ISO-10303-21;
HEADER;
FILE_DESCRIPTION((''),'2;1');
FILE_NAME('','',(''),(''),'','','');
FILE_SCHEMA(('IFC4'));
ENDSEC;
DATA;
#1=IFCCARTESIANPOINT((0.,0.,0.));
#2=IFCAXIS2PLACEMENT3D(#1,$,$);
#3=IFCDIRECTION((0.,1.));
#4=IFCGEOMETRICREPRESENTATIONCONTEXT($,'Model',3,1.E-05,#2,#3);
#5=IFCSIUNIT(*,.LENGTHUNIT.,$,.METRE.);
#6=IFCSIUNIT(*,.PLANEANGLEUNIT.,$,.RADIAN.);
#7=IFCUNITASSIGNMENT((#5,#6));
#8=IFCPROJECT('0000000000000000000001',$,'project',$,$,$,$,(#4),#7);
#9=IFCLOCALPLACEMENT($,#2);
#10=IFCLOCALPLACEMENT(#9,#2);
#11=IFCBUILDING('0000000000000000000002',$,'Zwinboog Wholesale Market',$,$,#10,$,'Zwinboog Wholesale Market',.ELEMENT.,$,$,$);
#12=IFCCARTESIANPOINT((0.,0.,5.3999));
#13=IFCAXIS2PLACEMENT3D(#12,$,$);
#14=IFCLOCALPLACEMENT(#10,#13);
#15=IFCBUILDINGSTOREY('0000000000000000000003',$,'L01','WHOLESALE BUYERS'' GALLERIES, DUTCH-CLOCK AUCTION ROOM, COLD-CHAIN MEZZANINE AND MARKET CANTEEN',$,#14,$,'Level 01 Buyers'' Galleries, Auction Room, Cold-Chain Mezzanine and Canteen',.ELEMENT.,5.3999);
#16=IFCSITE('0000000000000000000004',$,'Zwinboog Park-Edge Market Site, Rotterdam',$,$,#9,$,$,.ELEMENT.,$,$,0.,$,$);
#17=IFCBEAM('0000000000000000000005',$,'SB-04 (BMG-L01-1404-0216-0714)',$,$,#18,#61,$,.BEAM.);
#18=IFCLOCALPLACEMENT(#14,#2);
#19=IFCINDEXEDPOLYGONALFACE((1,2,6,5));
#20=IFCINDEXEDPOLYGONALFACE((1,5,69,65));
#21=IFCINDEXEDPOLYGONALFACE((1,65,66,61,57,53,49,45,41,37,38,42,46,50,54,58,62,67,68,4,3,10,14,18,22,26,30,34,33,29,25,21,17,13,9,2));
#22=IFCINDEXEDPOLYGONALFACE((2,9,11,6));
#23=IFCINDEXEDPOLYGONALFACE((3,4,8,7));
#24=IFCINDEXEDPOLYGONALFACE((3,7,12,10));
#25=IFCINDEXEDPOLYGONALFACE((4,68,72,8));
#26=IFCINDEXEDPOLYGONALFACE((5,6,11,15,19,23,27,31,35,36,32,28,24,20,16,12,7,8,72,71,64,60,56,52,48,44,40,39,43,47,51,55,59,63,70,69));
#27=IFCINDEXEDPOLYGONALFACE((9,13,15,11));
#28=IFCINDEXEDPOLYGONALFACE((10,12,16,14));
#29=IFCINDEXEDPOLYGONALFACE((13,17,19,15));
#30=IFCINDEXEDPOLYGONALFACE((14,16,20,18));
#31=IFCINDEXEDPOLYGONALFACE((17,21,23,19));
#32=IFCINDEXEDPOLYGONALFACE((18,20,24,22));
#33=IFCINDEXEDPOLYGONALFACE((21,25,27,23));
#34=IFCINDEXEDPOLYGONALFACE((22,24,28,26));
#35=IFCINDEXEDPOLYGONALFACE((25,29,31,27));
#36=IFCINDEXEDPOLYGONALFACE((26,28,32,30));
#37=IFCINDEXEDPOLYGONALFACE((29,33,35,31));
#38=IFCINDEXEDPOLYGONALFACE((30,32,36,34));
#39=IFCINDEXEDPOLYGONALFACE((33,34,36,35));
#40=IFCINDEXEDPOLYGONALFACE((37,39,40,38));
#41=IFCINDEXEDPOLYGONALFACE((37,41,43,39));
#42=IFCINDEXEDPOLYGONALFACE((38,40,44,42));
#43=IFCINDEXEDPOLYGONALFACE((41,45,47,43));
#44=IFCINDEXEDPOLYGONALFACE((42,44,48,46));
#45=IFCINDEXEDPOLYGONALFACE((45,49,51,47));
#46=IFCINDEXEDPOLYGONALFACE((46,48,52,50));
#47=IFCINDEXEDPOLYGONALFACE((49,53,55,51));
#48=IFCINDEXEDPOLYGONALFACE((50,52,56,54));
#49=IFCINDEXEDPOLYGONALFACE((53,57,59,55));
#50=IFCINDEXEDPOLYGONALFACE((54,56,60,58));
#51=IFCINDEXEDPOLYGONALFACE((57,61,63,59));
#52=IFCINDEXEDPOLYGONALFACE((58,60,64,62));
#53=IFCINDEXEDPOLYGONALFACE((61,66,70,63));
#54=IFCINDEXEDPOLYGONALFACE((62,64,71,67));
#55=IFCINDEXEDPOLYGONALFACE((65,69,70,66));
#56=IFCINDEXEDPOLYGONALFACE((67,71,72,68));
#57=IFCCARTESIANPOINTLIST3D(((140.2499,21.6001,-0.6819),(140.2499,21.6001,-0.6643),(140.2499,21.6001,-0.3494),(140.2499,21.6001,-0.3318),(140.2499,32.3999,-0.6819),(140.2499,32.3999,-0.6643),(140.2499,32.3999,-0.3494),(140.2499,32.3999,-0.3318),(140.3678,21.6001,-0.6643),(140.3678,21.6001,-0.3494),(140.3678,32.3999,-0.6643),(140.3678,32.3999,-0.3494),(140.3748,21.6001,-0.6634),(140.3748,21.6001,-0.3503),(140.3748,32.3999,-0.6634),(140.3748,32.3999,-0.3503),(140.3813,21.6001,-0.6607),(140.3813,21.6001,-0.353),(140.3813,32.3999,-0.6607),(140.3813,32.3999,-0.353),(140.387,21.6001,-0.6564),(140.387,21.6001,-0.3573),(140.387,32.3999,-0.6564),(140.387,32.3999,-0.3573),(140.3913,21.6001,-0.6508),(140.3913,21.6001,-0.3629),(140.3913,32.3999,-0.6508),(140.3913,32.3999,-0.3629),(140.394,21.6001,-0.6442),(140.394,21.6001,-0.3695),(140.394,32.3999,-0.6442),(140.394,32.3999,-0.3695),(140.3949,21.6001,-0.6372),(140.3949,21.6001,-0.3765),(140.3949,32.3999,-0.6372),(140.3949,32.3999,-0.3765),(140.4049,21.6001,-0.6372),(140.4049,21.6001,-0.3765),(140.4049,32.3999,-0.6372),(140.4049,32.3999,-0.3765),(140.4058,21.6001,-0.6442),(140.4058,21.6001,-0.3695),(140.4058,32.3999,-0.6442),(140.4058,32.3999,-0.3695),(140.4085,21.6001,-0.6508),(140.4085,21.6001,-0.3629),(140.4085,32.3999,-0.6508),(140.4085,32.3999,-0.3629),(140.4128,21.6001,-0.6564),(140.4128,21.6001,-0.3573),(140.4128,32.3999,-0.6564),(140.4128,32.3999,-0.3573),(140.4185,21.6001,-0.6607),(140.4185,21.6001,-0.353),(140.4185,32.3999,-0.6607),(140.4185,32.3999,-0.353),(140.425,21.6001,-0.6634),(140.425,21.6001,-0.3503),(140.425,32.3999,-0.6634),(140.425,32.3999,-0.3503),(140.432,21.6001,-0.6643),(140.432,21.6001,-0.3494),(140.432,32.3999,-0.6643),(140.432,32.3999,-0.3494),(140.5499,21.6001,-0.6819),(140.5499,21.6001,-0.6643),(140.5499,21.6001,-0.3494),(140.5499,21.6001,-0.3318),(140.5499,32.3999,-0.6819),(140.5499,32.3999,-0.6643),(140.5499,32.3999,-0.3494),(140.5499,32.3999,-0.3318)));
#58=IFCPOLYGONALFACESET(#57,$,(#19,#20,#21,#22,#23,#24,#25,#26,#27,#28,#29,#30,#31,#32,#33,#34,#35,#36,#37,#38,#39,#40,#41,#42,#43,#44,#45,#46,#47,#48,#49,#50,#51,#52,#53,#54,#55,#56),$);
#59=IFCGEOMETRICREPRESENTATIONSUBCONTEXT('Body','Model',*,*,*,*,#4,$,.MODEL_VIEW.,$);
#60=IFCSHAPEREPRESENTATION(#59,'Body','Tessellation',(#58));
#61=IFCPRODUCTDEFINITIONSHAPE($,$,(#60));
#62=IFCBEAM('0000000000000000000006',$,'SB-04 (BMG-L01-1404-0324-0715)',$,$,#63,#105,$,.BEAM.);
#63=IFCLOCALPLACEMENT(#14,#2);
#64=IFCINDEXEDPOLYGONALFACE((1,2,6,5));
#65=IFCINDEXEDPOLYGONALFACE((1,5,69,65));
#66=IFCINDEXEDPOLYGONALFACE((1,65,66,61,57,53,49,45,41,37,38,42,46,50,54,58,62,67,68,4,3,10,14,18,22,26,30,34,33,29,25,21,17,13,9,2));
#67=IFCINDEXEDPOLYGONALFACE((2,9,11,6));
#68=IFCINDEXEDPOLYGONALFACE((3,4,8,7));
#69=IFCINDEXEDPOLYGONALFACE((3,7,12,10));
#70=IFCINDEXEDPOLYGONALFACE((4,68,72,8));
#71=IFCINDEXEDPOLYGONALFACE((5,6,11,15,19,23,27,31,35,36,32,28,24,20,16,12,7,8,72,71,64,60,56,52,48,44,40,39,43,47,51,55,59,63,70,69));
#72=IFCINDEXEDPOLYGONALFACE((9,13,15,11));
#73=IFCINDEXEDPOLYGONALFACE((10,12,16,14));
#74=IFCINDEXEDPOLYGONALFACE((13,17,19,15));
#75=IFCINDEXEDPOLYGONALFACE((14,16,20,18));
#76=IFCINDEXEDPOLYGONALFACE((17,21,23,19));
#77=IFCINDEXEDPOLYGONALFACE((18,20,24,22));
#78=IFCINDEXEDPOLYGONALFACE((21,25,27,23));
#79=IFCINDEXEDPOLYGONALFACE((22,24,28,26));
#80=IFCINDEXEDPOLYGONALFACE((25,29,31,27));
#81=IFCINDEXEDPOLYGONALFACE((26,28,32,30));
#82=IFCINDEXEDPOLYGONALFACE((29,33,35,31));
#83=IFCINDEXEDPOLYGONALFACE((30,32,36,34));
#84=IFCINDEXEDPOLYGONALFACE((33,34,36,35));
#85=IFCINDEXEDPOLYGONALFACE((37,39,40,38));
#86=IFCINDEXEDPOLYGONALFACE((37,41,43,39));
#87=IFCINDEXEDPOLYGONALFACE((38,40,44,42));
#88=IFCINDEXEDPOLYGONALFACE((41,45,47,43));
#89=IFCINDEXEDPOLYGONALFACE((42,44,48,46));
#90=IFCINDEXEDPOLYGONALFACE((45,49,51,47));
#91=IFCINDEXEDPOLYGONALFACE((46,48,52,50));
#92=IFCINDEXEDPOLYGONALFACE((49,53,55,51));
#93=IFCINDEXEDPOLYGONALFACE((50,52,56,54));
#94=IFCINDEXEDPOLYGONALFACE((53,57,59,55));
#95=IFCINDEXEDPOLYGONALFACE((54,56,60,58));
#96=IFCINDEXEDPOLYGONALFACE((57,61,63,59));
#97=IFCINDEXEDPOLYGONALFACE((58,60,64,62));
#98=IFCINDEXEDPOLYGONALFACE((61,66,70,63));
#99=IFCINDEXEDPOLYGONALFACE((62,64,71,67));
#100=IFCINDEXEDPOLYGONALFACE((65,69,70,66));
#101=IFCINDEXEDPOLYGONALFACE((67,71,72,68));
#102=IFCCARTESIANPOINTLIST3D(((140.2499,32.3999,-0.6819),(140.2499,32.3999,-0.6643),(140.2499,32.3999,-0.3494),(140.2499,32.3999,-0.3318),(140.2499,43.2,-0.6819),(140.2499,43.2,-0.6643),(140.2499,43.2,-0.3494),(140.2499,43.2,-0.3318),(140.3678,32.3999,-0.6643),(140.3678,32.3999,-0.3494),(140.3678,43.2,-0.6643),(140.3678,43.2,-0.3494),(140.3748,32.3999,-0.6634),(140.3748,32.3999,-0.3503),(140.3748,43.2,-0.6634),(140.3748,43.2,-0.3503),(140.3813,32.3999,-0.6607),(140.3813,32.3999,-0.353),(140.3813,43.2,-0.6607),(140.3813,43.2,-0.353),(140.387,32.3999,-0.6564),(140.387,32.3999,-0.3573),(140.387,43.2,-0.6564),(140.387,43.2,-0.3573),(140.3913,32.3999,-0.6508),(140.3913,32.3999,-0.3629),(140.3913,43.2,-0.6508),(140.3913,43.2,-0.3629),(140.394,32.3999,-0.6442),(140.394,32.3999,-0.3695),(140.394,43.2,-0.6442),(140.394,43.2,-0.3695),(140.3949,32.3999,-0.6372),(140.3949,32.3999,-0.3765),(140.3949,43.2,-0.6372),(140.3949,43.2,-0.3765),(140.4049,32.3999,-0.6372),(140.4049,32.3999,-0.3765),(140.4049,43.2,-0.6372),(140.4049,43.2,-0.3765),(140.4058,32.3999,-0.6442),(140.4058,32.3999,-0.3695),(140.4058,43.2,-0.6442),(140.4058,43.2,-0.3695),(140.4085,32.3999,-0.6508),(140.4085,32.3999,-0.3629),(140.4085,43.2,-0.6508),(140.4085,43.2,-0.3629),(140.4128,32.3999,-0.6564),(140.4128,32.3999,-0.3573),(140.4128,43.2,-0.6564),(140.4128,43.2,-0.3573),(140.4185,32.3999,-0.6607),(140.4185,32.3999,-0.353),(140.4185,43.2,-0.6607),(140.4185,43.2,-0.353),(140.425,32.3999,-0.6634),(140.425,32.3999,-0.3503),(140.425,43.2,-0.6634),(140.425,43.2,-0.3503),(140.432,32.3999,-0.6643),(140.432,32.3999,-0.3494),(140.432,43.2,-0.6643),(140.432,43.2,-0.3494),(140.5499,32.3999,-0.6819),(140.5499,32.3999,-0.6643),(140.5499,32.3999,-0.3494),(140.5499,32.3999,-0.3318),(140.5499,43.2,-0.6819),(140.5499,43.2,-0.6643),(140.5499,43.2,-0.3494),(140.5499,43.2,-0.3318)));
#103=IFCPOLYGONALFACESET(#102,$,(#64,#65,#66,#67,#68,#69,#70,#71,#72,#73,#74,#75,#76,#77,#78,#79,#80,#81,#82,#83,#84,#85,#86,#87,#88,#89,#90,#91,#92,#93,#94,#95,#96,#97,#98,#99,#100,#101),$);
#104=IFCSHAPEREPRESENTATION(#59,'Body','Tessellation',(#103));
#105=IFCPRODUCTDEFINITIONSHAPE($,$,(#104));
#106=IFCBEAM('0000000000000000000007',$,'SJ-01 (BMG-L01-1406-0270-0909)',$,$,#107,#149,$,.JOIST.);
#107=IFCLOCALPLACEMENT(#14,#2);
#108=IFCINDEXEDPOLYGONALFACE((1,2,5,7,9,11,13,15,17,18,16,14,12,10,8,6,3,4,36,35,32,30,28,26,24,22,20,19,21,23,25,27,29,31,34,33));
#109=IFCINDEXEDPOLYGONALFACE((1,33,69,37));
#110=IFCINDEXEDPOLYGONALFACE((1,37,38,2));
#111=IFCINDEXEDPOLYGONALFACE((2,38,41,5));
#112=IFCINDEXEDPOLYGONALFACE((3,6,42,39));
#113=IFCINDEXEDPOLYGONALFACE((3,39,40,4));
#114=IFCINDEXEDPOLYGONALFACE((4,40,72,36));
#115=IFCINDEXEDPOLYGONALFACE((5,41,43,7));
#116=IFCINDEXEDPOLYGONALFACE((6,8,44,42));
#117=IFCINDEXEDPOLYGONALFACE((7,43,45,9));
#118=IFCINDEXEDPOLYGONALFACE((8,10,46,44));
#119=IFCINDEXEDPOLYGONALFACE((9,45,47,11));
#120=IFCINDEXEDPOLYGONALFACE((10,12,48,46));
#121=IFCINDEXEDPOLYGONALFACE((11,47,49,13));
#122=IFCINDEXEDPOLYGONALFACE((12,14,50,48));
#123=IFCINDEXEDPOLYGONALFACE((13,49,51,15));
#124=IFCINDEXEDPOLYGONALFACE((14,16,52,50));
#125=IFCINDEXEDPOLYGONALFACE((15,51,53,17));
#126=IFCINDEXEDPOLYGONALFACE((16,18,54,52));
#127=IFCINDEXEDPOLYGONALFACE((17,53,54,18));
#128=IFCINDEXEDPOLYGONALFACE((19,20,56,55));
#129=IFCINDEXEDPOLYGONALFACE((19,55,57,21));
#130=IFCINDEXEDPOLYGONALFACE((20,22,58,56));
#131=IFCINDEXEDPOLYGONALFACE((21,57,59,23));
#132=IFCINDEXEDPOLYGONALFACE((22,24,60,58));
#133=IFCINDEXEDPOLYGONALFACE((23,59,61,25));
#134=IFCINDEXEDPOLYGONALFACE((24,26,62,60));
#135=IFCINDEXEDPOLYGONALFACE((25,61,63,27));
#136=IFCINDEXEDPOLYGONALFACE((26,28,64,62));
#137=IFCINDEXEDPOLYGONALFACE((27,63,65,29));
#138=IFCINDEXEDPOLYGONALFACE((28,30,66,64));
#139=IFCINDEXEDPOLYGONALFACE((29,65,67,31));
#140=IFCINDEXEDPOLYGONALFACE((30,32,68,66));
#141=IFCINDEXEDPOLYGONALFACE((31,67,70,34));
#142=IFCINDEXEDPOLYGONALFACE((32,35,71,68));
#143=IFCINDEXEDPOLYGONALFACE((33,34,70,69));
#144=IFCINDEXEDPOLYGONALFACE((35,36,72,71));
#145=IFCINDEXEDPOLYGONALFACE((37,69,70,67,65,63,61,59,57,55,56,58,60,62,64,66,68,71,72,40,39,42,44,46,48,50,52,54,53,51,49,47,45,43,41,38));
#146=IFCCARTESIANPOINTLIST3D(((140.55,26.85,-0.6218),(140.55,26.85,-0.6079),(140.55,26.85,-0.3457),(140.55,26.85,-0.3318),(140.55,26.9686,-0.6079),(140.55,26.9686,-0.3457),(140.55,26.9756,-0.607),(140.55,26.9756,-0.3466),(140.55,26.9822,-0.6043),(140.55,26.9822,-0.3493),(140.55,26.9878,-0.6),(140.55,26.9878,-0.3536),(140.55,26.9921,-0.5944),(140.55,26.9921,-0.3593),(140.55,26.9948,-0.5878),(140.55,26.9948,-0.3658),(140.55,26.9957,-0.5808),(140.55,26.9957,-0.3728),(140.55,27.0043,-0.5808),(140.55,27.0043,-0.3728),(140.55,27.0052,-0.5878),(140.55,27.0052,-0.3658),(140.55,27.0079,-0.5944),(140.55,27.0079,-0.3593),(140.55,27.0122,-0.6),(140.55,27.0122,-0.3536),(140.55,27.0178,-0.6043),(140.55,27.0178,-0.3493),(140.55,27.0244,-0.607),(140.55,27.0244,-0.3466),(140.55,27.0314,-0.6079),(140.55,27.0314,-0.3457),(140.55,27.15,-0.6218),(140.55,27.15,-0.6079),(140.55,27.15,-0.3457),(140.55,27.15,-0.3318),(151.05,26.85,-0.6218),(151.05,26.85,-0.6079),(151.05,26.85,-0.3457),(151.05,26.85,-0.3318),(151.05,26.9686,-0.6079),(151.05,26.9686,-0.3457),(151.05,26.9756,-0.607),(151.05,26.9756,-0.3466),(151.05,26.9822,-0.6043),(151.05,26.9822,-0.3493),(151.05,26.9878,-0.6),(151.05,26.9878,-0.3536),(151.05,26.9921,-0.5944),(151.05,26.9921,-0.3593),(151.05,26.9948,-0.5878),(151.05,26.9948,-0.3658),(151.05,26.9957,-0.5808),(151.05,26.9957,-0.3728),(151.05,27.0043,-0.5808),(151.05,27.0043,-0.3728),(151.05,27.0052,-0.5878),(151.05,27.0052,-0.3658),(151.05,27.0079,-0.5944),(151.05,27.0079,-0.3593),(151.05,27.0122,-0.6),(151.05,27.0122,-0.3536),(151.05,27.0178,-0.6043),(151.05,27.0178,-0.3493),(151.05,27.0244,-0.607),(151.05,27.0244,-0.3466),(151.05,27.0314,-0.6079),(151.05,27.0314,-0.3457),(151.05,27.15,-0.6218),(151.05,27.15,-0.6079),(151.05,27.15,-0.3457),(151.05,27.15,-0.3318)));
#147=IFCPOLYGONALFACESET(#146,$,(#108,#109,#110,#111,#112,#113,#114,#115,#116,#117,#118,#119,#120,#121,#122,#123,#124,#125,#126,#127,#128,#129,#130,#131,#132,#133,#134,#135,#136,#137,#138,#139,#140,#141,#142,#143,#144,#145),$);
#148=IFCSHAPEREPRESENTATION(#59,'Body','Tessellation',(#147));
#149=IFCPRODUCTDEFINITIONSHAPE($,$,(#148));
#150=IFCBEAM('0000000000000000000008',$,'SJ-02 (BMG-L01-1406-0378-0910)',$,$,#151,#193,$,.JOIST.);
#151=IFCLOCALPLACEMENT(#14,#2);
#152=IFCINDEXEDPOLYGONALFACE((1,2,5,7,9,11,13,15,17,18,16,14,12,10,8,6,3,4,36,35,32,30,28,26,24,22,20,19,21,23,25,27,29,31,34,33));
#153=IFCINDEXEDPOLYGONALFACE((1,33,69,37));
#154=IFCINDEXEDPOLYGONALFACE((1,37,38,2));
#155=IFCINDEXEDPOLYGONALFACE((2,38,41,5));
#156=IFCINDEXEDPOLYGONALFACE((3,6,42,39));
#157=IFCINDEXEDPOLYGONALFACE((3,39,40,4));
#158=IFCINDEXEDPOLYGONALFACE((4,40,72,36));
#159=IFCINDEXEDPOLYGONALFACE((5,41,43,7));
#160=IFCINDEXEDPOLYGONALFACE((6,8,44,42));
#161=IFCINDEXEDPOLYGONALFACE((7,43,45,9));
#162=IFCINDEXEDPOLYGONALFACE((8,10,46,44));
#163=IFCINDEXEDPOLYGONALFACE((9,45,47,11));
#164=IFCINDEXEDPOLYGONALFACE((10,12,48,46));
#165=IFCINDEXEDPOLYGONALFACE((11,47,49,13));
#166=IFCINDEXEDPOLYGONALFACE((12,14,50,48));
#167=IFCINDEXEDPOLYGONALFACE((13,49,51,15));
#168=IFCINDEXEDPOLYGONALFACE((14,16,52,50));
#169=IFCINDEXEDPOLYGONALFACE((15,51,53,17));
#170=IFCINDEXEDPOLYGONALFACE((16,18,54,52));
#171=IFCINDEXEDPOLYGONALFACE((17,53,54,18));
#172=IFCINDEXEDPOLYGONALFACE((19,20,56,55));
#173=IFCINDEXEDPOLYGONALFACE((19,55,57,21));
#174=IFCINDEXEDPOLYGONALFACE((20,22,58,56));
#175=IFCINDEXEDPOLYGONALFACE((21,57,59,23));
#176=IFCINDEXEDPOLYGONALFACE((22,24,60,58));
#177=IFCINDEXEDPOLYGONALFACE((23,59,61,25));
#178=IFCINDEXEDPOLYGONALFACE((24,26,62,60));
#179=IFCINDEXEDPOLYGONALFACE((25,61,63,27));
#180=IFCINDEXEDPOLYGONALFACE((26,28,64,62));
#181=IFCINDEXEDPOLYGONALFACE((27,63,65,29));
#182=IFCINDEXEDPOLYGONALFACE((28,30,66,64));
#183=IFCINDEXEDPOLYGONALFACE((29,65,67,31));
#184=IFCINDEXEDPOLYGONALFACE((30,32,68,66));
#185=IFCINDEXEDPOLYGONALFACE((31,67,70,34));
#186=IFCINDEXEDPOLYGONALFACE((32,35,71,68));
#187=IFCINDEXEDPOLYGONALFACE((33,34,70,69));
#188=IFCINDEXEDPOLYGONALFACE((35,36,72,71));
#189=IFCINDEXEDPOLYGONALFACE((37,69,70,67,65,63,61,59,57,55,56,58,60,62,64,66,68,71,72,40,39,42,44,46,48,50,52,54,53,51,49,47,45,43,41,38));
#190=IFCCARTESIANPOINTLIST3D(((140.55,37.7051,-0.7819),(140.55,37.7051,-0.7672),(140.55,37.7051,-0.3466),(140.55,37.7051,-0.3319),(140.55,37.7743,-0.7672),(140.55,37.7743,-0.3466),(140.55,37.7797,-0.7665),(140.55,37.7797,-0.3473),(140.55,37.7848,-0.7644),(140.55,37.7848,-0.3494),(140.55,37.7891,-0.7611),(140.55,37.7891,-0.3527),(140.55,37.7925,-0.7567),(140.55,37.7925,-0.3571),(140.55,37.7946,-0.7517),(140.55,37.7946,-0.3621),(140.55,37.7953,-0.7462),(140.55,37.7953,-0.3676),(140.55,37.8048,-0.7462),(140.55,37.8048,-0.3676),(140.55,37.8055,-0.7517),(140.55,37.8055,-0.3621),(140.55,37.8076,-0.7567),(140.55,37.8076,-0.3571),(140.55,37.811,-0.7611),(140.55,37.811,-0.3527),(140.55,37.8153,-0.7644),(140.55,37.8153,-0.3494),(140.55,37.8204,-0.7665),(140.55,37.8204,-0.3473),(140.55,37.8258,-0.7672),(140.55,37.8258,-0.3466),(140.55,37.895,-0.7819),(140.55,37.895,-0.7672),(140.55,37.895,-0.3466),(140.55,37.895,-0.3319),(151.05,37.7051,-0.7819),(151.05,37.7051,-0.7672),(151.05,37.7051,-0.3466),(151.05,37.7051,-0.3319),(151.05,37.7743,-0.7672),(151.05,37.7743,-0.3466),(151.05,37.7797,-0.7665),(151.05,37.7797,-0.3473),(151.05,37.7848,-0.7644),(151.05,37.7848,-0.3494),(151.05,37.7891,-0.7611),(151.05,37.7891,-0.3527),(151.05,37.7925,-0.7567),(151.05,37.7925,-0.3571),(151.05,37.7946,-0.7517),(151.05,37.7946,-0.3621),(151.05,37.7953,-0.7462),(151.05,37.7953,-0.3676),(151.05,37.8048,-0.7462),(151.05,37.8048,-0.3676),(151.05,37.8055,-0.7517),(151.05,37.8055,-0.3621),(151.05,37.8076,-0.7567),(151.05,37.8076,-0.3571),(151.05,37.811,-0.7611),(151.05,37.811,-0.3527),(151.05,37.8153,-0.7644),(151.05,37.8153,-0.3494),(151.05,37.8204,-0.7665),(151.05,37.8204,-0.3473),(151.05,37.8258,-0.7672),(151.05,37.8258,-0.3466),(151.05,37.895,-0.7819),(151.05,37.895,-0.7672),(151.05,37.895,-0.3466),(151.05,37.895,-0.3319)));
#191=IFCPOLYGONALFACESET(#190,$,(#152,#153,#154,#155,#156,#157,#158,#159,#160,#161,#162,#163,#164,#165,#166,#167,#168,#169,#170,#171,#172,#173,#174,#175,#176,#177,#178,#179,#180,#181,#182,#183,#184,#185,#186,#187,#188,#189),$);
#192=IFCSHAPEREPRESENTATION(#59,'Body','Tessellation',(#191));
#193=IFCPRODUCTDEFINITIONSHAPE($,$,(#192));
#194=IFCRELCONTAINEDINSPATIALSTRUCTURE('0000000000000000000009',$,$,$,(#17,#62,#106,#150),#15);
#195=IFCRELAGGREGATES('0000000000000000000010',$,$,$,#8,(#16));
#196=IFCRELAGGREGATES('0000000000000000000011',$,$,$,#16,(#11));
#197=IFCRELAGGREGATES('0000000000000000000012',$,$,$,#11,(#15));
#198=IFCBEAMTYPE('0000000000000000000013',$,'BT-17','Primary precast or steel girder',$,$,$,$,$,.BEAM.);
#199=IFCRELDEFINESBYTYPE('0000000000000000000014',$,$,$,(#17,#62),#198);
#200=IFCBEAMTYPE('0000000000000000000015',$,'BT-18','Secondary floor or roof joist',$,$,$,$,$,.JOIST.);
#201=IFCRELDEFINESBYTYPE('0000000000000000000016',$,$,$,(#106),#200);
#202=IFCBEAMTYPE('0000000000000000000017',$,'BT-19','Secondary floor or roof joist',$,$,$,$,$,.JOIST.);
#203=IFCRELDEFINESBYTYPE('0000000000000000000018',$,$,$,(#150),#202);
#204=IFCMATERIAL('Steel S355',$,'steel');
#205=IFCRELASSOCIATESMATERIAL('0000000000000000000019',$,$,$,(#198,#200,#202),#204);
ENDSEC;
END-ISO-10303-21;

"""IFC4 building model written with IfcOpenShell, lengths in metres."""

from ifc_helpers import new_model, si_unit, direction, frame, origin, origin_2d, place, context, subcontext, project, spatial, i_section, extrude, material, material_profile, profile_set, type_object, element, save


model = new_model("IFC4")

# Units and contexts
model_context = context("Model", 3, precision=1e-05, world=origin(), true_north=direction((0.0, 1.0)))
body_context = subcontext(model_context, "Body", "Model", "MODEL_VIEW")
ifc_project = project(units=[si_unit("LENGTHUNIT", "METRE"), si_unit("PLANEANGLEUNIT", "RADIAN")], contexts=[model_context])

# Site, building, storey
site_placement = place(None, origin())
site = spatial("IfcSite", under=ifc_project, at=site_placement, Name="Zwinboog Park-Edge Market Site, Rotterdam", CompositionType="ELEMENT", RefElevation=0.0)
building_placement = place(site_placement, origin())
building = spatial("IfcBuilding", under=site, at=building_placement, Name="Zwinboog Wholesale Market", LongName="Zwinboog Wholesale Market", CompositionType="ELEMENT")
storey_placement = place(building_placement, frame((0.0, 0.0, 5.3999)))
storey = spatial("IfcBuildingStorey", under=building, at=storey_placement, Name="L01", Description="WHOLESALE BUYERS' GALLERIES, DUTCH-CLOCK AUCTION ROOM, COLD-CHAIN MEZZANINE AND MARKET CANTEEN", LongName="Level 01 Buyers' Galleries, Auction Room, Cold-Chain Mezzanine and Canteen", CompositionType="ELEMENT", Elevation=5.3999)

# Beams
ifc_material_1 = material(Name="Steel S355", Category="steel")
ifc_material_profile_1 = material_profile(ifc_material_1, i_section(OverallWidth=0.3, OverallDepth=0.3501, WebThickness=0.01, FlangeThickness=0.0176, FilletRadius=0.0271, at=origin_2d()), Name="HEA 360")
ifc_profile_set_1 = profile_set([ifc_material_profile_1], Name="Steel S355")
beam_type_1 = type_object("IfcBeamType", Name="BT-17", Description="Primary precast or steel girder", PredefinedType="BEAM", material=ifc_profile_set_1)
beam_1_placement = place(storey_placement, frame((140.3999, 21.6001, -0.5068), z_axis=(0.0, 1.0, 0.0), x_axis=(-1.0, 0.0, 0.0)))
element("IfcBeam", 1, at=beam_1_placement, inside=storey, type_object=beam_type_1, Name="SB-04 (BMG-L01-1404-0216-0714)", PredefinedType="BEAM", context=body_context, shape_type="SweptSolid", body=[
    extrude(i_section(OverallWidth=0.3, OverallDepth=0.3501, WebThickness=0.01, FlangeThickness=0.0176, FilletRadius=0.0271, at=origin_2d()), origin(), (0.0, 0.0, 1.0), 10.7998),
])
beam_2_placement = place(storey_placement, frame((140.3999, 32.3999, -0.5068), z_axis=(0.0, 1.0, 0.0), x_axis=(-1.0, 0.0, 0.0)))
element("IfcBeam", 2, at=beam_2_placement, inside=storey, type_object=beam_type_1, Name="SB-04 (BMG-L01-1404-0324-0715)", PredefinedType="BEAM", context=body_context, shape_type="SweptSolid", body=[
    extrude(i_section(OverallWidth=0.3, OverallDepth=0.3501, WebThickness=0.01, FlangeThickness=0.0176, FilletRadius=0.0271, at=origin_2d()), origin(), (0.0, 0.0, 1.0), 10.8),
])
ifc_material_profile_2 = material_profile(ifc_material_1, i_section(OverallWidth=0.3, OverallDepth=0.29, WebThickness=0.0085, FlangeThickness=0.0139, FilletRadius=0.0271, at=origin_2d()), Name="HEA 300")
ifc_profile_set_2 = profile_set([ifc_material_profile_2], Name="Steel S355")
beam_type_2 = type_object("IfcBeamType", Name="BT-18", Description="Secondary floor or roof joist", PredefinedType="JOIST", material=ifc_profile_set_2)
beam_3_placement = place(storey_placement, frame((140.55, 27.0, -0.4768), z_axis=(1.0, 0.0, 0.0), x_axis=(0.0, 1.0, 0.0)))
element("IfcBeam", 3, at=beam_3_placement, inside=storey, type_object=beam_type_2, Name="SJ-01 (BMG-L01-1406-0270-0909)", PredefinedType="JOIST", context=body_context, shape_type="SweptSolid", body=[
    extrude(i_section(OverallWidth=0.3, OverallDepth=0.29, WebThickness=0.0085, FlangeThickness=0.0139, FilletRadius=0.0271, at=origin_2d()), origin(), (0.0, 0.0, 1.0), 10.5),
])
ifc_material_profile_3 = material_profile(ifc_material_1, i_section(OverallWidth=0.1899, OverallDepth=0.45, WebThickness=0.0095, FlangeThickness=0.0146, FilletRadius=0.021, at=origin_2d()), Name="IPE 450")
ifc_profile_set_3 = profile_set([ifc_material_profile_3], Name="Steel S355")
beam_type_3 = type_object("IfcBeamType", Name="BT-19", Description="Secondary floor or roof joist", PredefinedType="JOIST", material=ifc_profile_set_3)
beam_4_placement = place(storey_placement, frame((140.55, 37.8, -0.5569), z_axis=(1.0, 0.0, 0.0), x_axis=(0.0, 1.0, 0.0)))
element("IfcBeam", 4, at=beam_4_placement, inside=storey, type_object=beam_type_3, Name="SJ-02 (BMG-L01-1406-0378-0910)", PredefinedType="JOIST", context=body_context, shape_type="SweptSolid", body=[
    extrude(i_section(OverallWidth=0.1899, OverallDepth=0.45, WebThickness=0.0095, FlangeThickness=0.0146, FilletRadius=0.021, at=origin_2d()), origin(), (0.0, 0.0, 1.0), 10.5),
])

save(model, "model.ifc")
